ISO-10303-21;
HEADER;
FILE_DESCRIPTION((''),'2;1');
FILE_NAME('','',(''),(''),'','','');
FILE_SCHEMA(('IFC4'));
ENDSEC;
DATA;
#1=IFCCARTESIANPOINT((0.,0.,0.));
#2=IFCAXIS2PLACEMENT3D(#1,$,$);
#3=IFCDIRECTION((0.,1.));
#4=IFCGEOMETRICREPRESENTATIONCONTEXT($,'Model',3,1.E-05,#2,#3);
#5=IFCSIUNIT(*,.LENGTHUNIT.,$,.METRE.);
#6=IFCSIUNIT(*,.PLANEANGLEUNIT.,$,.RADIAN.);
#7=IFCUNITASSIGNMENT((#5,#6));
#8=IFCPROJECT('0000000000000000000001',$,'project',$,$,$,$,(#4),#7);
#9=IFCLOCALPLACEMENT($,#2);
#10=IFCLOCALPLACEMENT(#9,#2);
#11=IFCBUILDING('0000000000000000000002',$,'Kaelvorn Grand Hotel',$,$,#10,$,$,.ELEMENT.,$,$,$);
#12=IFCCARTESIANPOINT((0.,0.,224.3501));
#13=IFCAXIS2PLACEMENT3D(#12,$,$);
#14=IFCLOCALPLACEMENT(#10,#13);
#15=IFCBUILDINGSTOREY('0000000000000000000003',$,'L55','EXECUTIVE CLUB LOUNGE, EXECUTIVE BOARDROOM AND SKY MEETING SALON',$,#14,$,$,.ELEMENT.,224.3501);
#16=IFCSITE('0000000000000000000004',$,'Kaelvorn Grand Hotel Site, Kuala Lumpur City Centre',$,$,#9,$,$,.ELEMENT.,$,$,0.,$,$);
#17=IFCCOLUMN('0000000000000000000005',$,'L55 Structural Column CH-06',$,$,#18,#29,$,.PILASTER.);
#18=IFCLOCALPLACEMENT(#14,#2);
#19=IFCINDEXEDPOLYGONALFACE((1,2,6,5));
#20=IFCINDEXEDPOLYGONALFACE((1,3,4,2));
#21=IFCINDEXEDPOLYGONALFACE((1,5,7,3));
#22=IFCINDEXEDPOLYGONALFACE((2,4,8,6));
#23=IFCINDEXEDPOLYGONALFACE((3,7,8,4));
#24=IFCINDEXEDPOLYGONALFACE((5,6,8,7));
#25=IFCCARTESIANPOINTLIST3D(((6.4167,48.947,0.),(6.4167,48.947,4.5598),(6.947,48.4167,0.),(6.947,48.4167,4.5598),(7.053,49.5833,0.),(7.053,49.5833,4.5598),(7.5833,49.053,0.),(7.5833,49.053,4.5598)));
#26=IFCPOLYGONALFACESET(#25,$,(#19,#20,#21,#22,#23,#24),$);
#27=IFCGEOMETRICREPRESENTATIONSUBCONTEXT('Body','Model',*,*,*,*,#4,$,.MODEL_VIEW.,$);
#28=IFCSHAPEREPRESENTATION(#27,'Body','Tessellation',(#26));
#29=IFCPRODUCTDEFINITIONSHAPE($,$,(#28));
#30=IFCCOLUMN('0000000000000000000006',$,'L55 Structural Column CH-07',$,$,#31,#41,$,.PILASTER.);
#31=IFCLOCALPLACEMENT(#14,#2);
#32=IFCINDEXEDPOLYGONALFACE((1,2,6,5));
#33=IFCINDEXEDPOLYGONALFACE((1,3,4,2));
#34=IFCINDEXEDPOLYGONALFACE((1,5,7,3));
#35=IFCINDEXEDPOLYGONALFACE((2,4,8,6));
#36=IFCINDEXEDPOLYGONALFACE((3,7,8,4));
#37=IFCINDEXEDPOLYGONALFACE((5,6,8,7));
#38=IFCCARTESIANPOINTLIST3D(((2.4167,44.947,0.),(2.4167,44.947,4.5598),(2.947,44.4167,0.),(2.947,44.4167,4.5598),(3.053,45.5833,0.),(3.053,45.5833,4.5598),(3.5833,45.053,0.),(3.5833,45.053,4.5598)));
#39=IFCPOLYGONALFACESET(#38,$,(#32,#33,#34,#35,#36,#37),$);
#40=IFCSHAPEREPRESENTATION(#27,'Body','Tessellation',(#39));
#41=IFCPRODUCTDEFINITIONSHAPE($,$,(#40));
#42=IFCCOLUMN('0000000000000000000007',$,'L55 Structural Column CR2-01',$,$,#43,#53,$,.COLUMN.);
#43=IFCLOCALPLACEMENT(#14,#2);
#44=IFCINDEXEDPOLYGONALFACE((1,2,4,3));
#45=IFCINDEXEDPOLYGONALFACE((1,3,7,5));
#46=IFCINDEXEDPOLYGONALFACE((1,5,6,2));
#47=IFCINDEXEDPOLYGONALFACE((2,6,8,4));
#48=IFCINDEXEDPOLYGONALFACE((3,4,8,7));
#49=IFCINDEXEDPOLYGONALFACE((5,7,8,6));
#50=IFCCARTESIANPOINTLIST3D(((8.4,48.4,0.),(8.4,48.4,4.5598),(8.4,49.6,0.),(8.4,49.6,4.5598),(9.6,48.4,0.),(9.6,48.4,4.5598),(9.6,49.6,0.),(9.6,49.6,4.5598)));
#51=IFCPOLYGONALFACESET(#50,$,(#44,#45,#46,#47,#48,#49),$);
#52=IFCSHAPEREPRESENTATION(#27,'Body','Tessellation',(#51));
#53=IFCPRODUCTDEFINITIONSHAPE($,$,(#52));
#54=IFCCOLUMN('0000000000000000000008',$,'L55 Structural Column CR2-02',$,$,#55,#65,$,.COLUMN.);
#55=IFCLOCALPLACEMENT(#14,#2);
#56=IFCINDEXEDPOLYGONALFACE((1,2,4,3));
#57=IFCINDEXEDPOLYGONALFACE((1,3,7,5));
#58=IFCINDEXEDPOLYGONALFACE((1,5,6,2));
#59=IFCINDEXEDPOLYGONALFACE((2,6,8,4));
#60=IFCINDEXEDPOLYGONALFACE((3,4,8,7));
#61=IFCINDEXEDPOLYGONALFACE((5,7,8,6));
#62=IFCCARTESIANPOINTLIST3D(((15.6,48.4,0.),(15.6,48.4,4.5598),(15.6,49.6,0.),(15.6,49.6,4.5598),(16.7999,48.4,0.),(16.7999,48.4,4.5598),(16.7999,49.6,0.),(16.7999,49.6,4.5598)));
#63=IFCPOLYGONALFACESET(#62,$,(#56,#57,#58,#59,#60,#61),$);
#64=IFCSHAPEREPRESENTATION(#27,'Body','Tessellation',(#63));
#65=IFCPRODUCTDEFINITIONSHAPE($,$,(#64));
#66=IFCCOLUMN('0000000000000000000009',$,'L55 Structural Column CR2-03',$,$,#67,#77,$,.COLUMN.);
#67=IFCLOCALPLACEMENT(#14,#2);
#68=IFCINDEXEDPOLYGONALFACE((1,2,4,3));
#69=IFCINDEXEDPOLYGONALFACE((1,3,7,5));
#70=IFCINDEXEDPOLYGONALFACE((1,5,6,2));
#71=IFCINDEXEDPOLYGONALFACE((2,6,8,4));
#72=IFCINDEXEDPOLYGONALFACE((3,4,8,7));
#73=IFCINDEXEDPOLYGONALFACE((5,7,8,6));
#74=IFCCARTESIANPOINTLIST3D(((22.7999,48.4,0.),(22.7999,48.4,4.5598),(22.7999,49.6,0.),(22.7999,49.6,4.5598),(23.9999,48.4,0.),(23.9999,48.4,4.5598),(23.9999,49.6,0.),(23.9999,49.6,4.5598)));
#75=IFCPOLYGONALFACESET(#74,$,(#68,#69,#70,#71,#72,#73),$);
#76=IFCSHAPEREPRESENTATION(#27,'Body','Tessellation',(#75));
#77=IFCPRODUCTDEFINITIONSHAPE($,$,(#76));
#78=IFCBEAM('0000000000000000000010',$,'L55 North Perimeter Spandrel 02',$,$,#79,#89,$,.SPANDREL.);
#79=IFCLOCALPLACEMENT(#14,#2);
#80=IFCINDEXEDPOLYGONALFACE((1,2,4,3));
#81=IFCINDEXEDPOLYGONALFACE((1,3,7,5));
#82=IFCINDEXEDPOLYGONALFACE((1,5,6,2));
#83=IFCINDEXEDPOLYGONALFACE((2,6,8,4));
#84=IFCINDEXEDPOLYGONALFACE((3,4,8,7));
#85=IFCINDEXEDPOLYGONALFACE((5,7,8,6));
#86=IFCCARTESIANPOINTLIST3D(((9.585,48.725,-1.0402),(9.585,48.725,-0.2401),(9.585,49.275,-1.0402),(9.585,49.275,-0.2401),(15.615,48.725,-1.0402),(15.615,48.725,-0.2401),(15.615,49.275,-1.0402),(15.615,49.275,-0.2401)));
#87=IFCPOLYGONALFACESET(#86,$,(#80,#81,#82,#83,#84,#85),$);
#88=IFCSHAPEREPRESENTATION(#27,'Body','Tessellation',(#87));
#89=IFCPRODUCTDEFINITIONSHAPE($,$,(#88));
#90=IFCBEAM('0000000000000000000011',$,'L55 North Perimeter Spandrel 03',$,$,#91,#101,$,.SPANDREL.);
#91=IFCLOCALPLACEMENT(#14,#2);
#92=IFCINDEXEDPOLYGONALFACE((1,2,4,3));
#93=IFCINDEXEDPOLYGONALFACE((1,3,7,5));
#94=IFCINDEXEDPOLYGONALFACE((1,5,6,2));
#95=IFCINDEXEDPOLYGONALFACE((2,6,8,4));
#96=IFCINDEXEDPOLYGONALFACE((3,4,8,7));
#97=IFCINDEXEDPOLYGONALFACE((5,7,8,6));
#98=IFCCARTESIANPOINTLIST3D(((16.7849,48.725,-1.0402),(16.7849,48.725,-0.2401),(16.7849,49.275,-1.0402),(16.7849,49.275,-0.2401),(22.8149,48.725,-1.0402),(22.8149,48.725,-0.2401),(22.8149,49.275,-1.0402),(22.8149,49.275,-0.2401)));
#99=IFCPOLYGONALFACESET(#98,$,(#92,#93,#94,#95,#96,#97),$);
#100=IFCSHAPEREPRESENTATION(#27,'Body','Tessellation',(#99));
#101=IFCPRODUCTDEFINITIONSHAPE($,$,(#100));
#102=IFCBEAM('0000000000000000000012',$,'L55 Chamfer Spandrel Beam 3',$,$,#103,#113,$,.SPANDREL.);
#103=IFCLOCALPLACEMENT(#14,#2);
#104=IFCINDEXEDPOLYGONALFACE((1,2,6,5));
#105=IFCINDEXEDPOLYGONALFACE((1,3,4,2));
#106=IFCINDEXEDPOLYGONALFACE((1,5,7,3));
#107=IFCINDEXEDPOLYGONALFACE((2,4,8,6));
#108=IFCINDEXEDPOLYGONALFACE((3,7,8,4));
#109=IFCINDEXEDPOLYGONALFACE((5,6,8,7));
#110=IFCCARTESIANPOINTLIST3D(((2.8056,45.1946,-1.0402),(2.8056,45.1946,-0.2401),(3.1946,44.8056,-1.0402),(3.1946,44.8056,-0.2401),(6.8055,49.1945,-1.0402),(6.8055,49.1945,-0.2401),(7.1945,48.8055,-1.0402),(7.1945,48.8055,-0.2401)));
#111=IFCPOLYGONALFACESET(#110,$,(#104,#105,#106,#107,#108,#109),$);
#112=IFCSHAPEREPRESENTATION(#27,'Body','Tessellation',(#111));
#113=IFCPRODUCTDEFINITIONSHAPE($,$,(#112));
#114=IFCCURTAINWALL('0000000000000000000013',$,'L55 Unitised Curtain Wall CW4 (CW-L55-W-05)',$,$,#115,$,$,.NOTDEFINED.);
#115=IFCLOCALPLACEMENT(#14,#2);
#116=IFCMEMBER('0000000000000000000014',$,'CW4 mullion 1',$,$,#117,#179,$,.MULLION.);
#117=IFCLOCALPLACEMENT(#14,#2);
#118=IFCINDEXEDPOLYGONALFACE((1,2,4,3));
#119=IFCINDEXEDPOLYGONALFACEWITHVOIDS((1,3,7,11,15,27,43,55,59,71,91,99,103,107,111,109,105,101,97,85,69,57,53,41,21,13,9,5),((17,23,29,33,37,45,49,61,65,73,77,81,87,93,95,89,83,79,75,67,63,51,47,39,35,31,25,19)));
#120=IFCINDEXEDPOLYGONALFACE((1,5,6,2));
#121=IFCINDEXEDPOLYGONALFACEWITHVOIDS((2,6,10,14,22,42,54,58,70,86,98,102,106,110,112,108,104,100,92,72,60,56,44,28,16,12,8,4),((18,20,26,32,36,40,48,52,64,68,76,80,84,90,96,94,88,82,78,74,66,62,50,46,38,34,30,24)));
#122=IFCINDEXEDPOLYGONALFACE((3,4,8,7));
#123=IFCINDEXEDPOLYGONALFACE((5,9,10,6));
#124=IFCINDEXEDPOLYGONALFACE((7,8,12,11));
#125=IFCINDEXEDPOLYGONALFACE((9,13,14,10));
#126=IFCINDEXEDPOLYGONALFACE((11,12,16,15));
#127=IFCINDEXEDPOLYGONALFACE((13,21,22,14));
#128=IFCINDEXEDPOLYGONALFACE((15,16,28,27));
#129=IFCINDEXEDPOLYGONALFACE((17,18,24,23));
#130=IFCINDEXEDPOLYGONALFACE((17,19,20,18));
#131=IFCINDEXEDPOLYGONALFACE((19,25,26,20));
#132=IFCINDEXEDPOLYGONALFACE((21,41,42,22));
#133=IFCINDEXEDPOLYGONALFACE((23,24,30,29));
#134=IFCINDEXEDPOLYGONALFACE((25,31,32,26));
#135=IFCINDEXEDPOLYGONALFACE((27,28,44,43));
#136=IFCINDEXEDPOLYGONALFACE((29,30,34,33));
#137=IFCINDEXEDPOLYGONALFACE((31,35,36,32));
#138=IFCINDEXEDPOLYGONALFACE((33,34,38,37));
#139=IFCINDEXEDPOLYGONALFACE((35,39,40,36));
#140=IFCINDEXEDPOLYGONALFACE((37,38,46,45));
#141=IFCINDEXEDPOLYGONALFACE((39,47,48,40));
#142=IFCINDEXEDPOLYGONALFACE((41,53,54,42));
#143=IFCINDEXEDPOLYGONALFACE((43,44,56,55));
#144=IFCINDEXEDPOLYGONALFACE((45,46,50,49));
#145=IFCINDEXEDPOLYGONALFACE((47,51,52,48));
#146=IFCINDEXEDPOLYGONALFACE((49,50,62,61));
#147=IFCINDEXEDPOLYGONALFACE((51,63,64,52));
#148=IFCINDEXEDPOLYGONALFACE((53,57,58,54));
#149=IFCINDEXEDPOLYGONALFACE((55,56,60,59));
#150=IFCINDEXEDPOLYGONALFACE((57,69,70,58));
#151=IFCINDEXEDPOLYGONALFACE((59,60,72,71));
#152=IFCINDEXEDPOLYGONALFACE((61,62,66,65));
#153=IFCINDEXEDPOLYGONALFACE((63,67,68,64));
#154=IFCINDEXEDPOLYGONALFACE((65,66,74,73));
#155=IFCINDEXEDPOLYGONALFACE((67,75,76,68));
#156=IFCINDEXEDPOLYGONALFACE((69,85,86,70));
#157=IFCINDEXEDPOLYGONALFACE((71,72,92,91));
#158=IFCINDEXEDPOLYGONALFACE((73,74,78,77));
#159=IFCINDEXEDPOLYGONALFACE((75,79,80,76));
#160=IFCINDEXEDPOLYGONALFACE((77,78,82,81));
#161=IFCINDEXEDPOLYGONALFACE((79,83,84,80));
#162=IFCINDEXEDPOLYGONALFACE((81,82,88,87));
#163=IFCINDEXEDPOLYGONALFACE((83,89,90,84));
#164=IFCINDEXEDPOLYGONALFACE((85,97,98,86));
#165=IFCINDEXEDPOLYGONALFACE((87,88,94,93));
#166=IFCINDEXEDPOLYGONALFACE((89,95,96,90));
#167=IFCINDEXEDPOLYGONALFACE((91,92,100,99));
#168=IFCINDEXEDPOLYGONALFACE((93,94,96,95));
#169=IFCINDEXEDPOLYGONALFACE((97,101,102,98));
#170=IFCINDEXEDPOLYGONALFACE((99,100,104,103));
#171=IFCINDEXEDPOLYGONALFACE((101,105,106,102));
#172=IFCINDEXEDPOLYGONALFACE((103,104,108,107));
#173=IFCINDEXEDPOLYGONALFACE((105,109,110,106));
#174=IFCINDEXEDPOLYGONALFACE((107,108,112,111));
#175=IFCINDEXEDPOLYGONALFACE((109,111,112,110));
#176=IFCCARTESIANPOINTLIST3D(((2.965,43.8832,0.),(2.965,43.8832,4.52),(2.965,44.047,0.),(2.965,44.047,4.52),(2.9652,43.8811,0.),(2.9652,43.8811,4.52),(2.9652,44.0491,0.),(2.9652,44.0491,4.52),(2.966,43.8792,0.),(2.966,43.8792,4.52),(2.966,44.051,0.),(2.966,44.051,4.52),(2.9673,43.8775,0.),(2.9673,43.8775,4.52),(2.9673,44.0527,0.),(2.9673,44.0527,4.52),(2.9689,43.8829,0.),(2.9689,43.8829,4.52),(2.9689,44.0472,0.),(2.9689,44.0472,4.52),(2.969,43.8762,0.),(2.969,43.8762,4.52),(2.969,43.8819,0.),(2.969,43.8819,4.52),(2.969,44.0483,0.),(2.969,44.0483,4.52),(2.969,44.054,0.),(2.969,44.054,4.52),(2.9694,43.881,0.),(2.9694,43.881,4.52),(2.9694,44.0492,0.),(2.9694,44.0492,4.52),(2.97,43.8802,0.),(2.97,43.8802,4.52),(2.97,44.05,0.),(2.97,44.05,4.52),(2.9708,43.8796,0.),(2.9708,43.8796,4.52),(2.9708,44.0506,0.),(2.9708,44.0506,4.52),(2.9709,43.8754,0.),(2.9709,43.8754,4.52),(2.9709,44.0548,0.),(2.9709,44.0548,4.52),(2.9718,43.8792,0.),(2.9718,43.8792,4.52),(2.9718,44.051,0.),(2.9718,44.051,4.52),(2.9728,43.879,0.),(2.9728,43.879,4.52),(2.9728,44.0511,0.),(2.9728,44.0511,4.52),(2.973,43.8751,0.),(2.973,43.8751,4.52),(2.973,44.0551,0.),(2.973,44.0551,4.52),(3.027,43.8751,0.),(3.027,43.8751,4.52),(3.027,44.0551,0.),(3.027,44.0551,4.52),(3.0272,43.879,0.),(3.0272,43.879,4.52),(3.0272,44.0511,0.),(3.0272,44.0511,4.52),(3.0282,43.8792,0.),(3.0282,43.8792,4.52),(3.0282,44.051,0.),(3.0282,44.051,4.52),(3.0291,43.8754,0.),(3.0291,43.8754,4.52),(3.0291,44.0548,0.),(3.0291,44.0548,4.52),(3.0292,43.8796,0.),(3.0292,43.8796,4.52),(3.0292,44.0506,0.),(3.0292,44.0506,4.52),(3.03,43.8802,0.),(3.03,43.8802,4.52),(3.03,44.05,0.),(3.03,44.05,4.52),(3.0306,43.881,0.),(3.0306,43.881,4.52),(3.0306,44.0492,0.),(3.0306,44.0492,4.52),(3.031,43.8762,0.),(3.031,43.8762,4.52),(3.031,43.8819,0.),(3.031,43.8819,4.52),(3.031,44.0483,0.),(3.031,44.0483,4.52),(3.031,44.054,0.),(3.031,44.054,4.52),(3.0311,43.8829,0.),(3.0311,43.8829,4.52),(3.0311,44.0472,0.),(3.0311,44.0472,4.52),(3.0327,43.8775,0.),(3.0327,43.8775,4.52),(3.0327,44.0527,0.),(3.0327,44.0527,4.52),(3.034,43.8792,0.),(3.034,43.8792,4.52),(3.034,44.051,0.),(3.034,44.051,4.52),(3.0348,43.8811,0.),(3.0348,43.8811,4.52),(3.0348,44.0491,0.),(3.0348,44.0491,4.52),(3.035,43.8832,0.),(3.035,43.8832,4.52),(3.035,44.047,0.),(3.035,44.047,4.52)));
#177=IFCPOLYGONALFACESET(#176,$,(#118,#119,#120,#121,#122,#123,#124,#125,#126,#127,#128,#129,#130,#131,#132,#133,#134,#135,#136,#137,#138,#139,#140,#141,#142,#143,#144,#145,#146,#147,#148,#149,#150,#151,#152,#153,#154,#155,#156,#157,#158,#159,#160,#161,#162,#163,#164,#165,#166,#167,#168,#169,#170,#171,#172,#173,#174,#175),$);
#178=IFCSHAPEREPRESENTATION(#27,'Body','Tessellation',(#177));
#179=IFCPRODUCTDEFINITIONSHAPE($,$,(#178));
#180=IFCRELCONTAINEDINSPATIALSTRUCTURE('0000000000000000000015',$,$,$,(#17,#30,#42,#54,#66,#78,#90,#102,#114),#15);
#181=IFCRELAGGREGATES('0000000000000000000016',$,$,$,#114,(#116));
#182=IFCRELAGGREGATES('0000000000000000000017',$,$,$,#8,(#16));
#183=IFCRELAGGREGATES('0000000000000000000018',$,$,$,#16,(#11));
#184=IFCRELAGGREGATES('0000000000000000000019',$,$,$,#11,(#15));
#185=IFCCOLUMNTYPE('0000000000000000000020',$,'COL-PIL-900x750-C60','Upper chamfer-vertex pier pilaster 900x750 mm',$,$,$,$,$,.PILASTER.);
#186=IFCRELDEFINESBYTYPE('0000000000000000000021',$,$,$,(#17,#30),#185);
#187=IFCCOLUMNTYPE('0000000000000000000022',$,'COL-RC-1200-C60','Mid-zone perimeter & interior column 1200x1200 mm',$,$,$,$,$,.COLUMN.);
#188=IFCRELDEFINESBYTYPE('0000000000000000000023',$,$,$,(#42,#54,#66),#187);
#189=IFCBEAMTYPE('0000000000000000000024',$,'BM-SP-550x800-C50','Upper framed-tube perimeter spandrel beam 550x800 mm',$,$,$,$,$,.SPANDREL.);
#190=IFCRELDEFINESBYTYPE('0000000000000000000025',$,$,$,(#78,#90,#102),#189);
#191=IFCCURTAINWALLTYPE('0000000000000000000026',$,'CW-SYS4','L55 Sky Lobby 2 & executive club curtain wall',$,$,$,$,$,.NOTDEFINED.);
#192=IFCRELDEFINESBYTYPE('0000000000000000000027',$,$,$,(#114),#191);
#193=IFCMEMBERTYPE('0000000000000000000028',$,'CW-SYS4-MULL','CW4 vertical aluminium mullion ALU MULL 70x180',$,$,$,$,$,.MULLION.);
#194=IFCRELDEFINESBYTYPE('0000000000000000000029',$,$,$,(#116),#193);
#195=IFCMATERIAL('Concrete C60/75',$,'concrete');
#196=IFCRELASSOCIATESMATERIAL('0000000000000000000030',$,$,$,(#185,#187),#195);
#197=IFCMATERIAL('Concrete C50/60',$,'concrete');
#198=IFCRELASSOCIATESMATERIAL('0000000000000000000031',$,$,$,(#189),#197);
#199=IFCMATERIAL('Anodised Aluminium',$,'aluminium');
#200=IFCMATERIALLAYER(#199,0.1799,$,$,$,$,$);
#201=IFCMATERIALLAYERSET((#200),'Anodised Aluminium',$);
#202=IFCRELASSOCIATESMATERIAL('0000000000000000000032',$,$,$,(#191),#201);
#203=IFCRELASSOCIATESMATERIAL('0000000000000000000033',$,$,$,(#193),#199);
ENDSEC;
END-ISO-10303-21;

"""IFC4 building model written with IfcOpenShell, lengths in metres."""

from ifc_helpers import new_model, si_unit, direction, frame, origin, origin_2d, place, context, subcontext, project, spatial, rectangle, hollow_rectangle, extrude, material, layer, layer_set, material_profile, profile_set, type_object, element, aggregate, save


model = new_model("IFC4")

# Units and contexts
model_context = context("Model", 3, precision=1e-05, world=origin(), true_north=direction((0.0, 1.0)))
body_context = subcontext(model_context, "Body", "Model", "MODEL_VIEW")
ifc_project = project(units=[si_unit("LENGTHUNIT", "METRE"), si_unit("PLANEANGLEUNIT", "RADIAN")], contexts=[model_context])

# Site, building, storey
site_placement = place(None, origin())
site = spatial("IfcSite", under=ifc_project, at=site_placement, Name="Kaelvorn Grand Hotel Site, Kuala Lumpur City Centre", CompositionType="ELEMENT", RefElevation=0.0)
building_placement = place(site_placement, origin())
building = spatial("IfcBuilding", under=site, at=building_placement, Name="Kaelvorn Grand Hotel", CompositionType="ELEMENT")
storey_placement = place(building_placement, frame((0.0, 0.0, 224.3501)))
storey = spatial("IfcBuildingStorey", under=building, at=storey_placement, Name="L55", Description="EXECUTIVE CLUB LOUNGE, EXECUTIVE BOARDROOM AND SKY MEETING SALON", CompositionType="ELEMENT", Elevation=224.3501)

# Columns
ifc_material_1 = material(Name="Concrete C60/75", Category="concrete")
ifc_material_profile_1 = material_profile(ifc_material_1, rectangle(XDim=0.8999, YDim=0.75, at=origin_2d()), Name="RC PILASTER 900x750")
ifc_profile_set_1 = profile_set([ifc_material_profile_1], Name="Concrete C60/75")
column_type_1 = type_object("IfcColumnType", Name="COL-PIL-900x750-C60", Description="Upper chamfer-vertex pier pilaster 900x750 mm", PredefinedType="PILASTER", material=ifc_profile_set_1)
for number, where, z_axis, x_axis, name in (
    (1, (7.0, 49.0, 0.0), (0.0, 0.0, 1.0), (0.707107, 0.707107, 0.0), "L55 Structural Column CH-06"),
    (2, (3.0, 45.0, 0.0), (0.0, 0.0, 1.0), (0.707107, 0.707107, 0.0), "L55 Structural Column CH-07"),
):
    element("IfcColumn", number, at=place(storey_placement, frame(where, z_axis=z_axis, x_axis=x_axis)), inside=storey, type_object=column_type_1, Name=name, PredefinedType="PILASTER", context=body_context, shape_type="SweptSolid", body=[
        extrude(rectangle(XDim=0.8999, YDim=0.75, at=origin_2d()), origin(), (0.0, 0.0, 1.0), 4.5598),
    ])
ifc_material_profile_2 = material_profile(ifc_material_1, rectangle(XDim=1.2, YDim=1.2, at=origin_2d()), Name="RC COL 1200x1200")
ifc_profile_set_2 = profile_set([ifc_material_profile_2], Name="Concrete C60/75")
column_type_2 = type_object("IfcColumnType", Name="COL-RC-1200-C60", Description="Mid-zone perimeter & interior column 1200x1200 mm", PredefinedType="COLUMN", material=ifc_profile_set_2)
for number, where, z_axis, x_axis, name in (
    (3, (9.0, 49.0, 0.0), (0.0, 0.0, 1.0), (1.0, 0.0, 0.0), "L55 Structural Column CR2-01"),
    (4, (16.2, 49.0, 0.0), (0.0, 0.0, 1.0), (1.0, 0.0, 0.0), "L55 Structural Column CR2-02"),
    (5, (23.3999, 49.0, 0.0), (0.0, 0.0, 1.0), (1.0, 0.0, 0.0), "L55 Structural Column CR2-03"),
):
    element("IfcColumn", number, at=place(storey_placement, frame(where, z_axis=z_axis, x_axis=x_axis)), inside=storey, type_object=column_type_2, Name=name, PredefinedType="COLUMN", context=body_context, shape_type="SweptSolid", body=[
        extrude(rectangle(XDim=1.2, YDim=1.2, at=origin_2d()), origin(), (0.0, 0.0, 1.0), 4.5598),
    ])

# Beams
ifc_material_2 = material(Name="Concrete C50/60", Category="concrete")
ifc_material_profile_3 = material_profile(ifc_material_2, rectangle(XDim=0.55, YDim=0.8, at=origin_2d()), Name="RC SPANDREL 550x800")
ifc_profile_set_3 = profile_set([ifc_material_profile_3], Name="Concrete C50/60")
beam_type = type_object("IfcBeamType", Name="BM-SP-550x800-C50", Description="Upper framed-tube perimeter spandrel beam 550x800 mm", PredefinedType="SPANDREL", material=ifc_profile_set_3)
for number, where, z_axis, x_axis, name in (
    (6, (9.585, 49.0, -0.6401), (1.0, 0.0, 0.0), (0.0, 1.0, 0.0), "L55 North Perimeter Spandrel 02"),
    (7, (16.7849, 49.0, -0.6401), (1.0, 0.0, 0.0), (0.0, 1.0, 0.0), "L55 North Perimeter Spandrel 03"),
):
    element("IfcBeam", number, at=place(storey_placement, frame(where, z_axis=z_axis, x_axis=x_axis)), inside=storey, type_object=beam_type, Name=name, PredefinedType="SPANDREL", context=body_context, shape_type="SweptSolid", body=[
        extrude(rectangle(XDim=0.55, YDim=0.8, at=origin_2d()), origin(), (0.0, 0.0, 1.0), 6.03),
    ])
beam_placement = place(storey_placement, frame((7.0, 49.0, -0.6401), z_axis=(-0.707107, -0.707107, 0.0), x_axis=(0.707107, -0.707107, 0.0)))
element("IfcBeam", 8, at=beam_placement, inside=storey, type_object=beam_type, Name="L55 Chamfer Spandrel Beam 3", PredefinedType="SPANDREL", context=body_context, shape_type="SweptSolid", body=[
    extrude(rectangle(XDim=0.55, YDim=0.8, at=origin_2d()), origin(), (0.0, 0.0, 1.0), 5.6567),
])

# Curtain wall, member
ifc_material_3 = material(Name="Anodised Aluminium", Category="aluminium")
ifc_layer_1 = layer(ifc_material_3, 0.1799)
ifc_layer_set_1 = layer_set([ifc_layer_1], Name="Anodised Aluminium")
curtain_wall_type = type_object("IfcCurtainWallType", Name="CW-SYS4", Description="L55 Sky Lobby 2 & executive club curtain wall", PredefinedType="NOTDEFINED", material=ifc_layer_set_1)
curtain_wall_placement = place(storey_placement, origin())
curtain_wall = element("IfcCurtainWall", 9, at=curtain_wall_placement, inside=storey, type_object=curtain_wall_type, Name="L55 Unitised Curtain Wall CW4 (CW-L55-W-05)", PredefinedType="NOTDEFINED")
ifc_material_profile_4 = material_profile(ifc_material_3, hollow_rectangle(XDim=0.0701, YDim=0.1799, WallThickness=0.0039, InnerFilletRadius=0.0039, OuterFilletRadius=0.0081, at=origin_2d()), Name="ALU MULL 70x180")
ifc_profile_set_4 = profile_set([ifc_material_profile_4], Name="Anodised Aluminium")
member_type_1 = type_object("IfcMemberType", Name="CW-SYS4-MULL", Description="CW4 vertical aluminium mullion ALU MULL 70x180", PredefinedType="MULLION", material=ifc_profile_set_4)
member_1_placement = place(storey_placement, frame((3.0, 43.9651, 0.0), z_axis=(0.0, 0.0, 1.0), x_axis=(1.0, 0.0, 0.0)))
member_1 = element("IfcMember", 10, at=member_1_placement, type_object=member_type_1, Name="CW4 mullion 1", PredefinedType="MULLION", context=body_context, shape_type="SweptSolid", body=[
    extrude(hollow_rectangle(XDim=0.0701, YDim=0.1799, WallThickness=0.0039, InnerFilletRadius=0.0039, OuterFilletRadius=0.0081, at=origin_2d()), origin(), (0.0, 0.0, 1.0), 4.52),
])
aggregate(curtain_wall, [member_1])

save(model, "model.ifc")
